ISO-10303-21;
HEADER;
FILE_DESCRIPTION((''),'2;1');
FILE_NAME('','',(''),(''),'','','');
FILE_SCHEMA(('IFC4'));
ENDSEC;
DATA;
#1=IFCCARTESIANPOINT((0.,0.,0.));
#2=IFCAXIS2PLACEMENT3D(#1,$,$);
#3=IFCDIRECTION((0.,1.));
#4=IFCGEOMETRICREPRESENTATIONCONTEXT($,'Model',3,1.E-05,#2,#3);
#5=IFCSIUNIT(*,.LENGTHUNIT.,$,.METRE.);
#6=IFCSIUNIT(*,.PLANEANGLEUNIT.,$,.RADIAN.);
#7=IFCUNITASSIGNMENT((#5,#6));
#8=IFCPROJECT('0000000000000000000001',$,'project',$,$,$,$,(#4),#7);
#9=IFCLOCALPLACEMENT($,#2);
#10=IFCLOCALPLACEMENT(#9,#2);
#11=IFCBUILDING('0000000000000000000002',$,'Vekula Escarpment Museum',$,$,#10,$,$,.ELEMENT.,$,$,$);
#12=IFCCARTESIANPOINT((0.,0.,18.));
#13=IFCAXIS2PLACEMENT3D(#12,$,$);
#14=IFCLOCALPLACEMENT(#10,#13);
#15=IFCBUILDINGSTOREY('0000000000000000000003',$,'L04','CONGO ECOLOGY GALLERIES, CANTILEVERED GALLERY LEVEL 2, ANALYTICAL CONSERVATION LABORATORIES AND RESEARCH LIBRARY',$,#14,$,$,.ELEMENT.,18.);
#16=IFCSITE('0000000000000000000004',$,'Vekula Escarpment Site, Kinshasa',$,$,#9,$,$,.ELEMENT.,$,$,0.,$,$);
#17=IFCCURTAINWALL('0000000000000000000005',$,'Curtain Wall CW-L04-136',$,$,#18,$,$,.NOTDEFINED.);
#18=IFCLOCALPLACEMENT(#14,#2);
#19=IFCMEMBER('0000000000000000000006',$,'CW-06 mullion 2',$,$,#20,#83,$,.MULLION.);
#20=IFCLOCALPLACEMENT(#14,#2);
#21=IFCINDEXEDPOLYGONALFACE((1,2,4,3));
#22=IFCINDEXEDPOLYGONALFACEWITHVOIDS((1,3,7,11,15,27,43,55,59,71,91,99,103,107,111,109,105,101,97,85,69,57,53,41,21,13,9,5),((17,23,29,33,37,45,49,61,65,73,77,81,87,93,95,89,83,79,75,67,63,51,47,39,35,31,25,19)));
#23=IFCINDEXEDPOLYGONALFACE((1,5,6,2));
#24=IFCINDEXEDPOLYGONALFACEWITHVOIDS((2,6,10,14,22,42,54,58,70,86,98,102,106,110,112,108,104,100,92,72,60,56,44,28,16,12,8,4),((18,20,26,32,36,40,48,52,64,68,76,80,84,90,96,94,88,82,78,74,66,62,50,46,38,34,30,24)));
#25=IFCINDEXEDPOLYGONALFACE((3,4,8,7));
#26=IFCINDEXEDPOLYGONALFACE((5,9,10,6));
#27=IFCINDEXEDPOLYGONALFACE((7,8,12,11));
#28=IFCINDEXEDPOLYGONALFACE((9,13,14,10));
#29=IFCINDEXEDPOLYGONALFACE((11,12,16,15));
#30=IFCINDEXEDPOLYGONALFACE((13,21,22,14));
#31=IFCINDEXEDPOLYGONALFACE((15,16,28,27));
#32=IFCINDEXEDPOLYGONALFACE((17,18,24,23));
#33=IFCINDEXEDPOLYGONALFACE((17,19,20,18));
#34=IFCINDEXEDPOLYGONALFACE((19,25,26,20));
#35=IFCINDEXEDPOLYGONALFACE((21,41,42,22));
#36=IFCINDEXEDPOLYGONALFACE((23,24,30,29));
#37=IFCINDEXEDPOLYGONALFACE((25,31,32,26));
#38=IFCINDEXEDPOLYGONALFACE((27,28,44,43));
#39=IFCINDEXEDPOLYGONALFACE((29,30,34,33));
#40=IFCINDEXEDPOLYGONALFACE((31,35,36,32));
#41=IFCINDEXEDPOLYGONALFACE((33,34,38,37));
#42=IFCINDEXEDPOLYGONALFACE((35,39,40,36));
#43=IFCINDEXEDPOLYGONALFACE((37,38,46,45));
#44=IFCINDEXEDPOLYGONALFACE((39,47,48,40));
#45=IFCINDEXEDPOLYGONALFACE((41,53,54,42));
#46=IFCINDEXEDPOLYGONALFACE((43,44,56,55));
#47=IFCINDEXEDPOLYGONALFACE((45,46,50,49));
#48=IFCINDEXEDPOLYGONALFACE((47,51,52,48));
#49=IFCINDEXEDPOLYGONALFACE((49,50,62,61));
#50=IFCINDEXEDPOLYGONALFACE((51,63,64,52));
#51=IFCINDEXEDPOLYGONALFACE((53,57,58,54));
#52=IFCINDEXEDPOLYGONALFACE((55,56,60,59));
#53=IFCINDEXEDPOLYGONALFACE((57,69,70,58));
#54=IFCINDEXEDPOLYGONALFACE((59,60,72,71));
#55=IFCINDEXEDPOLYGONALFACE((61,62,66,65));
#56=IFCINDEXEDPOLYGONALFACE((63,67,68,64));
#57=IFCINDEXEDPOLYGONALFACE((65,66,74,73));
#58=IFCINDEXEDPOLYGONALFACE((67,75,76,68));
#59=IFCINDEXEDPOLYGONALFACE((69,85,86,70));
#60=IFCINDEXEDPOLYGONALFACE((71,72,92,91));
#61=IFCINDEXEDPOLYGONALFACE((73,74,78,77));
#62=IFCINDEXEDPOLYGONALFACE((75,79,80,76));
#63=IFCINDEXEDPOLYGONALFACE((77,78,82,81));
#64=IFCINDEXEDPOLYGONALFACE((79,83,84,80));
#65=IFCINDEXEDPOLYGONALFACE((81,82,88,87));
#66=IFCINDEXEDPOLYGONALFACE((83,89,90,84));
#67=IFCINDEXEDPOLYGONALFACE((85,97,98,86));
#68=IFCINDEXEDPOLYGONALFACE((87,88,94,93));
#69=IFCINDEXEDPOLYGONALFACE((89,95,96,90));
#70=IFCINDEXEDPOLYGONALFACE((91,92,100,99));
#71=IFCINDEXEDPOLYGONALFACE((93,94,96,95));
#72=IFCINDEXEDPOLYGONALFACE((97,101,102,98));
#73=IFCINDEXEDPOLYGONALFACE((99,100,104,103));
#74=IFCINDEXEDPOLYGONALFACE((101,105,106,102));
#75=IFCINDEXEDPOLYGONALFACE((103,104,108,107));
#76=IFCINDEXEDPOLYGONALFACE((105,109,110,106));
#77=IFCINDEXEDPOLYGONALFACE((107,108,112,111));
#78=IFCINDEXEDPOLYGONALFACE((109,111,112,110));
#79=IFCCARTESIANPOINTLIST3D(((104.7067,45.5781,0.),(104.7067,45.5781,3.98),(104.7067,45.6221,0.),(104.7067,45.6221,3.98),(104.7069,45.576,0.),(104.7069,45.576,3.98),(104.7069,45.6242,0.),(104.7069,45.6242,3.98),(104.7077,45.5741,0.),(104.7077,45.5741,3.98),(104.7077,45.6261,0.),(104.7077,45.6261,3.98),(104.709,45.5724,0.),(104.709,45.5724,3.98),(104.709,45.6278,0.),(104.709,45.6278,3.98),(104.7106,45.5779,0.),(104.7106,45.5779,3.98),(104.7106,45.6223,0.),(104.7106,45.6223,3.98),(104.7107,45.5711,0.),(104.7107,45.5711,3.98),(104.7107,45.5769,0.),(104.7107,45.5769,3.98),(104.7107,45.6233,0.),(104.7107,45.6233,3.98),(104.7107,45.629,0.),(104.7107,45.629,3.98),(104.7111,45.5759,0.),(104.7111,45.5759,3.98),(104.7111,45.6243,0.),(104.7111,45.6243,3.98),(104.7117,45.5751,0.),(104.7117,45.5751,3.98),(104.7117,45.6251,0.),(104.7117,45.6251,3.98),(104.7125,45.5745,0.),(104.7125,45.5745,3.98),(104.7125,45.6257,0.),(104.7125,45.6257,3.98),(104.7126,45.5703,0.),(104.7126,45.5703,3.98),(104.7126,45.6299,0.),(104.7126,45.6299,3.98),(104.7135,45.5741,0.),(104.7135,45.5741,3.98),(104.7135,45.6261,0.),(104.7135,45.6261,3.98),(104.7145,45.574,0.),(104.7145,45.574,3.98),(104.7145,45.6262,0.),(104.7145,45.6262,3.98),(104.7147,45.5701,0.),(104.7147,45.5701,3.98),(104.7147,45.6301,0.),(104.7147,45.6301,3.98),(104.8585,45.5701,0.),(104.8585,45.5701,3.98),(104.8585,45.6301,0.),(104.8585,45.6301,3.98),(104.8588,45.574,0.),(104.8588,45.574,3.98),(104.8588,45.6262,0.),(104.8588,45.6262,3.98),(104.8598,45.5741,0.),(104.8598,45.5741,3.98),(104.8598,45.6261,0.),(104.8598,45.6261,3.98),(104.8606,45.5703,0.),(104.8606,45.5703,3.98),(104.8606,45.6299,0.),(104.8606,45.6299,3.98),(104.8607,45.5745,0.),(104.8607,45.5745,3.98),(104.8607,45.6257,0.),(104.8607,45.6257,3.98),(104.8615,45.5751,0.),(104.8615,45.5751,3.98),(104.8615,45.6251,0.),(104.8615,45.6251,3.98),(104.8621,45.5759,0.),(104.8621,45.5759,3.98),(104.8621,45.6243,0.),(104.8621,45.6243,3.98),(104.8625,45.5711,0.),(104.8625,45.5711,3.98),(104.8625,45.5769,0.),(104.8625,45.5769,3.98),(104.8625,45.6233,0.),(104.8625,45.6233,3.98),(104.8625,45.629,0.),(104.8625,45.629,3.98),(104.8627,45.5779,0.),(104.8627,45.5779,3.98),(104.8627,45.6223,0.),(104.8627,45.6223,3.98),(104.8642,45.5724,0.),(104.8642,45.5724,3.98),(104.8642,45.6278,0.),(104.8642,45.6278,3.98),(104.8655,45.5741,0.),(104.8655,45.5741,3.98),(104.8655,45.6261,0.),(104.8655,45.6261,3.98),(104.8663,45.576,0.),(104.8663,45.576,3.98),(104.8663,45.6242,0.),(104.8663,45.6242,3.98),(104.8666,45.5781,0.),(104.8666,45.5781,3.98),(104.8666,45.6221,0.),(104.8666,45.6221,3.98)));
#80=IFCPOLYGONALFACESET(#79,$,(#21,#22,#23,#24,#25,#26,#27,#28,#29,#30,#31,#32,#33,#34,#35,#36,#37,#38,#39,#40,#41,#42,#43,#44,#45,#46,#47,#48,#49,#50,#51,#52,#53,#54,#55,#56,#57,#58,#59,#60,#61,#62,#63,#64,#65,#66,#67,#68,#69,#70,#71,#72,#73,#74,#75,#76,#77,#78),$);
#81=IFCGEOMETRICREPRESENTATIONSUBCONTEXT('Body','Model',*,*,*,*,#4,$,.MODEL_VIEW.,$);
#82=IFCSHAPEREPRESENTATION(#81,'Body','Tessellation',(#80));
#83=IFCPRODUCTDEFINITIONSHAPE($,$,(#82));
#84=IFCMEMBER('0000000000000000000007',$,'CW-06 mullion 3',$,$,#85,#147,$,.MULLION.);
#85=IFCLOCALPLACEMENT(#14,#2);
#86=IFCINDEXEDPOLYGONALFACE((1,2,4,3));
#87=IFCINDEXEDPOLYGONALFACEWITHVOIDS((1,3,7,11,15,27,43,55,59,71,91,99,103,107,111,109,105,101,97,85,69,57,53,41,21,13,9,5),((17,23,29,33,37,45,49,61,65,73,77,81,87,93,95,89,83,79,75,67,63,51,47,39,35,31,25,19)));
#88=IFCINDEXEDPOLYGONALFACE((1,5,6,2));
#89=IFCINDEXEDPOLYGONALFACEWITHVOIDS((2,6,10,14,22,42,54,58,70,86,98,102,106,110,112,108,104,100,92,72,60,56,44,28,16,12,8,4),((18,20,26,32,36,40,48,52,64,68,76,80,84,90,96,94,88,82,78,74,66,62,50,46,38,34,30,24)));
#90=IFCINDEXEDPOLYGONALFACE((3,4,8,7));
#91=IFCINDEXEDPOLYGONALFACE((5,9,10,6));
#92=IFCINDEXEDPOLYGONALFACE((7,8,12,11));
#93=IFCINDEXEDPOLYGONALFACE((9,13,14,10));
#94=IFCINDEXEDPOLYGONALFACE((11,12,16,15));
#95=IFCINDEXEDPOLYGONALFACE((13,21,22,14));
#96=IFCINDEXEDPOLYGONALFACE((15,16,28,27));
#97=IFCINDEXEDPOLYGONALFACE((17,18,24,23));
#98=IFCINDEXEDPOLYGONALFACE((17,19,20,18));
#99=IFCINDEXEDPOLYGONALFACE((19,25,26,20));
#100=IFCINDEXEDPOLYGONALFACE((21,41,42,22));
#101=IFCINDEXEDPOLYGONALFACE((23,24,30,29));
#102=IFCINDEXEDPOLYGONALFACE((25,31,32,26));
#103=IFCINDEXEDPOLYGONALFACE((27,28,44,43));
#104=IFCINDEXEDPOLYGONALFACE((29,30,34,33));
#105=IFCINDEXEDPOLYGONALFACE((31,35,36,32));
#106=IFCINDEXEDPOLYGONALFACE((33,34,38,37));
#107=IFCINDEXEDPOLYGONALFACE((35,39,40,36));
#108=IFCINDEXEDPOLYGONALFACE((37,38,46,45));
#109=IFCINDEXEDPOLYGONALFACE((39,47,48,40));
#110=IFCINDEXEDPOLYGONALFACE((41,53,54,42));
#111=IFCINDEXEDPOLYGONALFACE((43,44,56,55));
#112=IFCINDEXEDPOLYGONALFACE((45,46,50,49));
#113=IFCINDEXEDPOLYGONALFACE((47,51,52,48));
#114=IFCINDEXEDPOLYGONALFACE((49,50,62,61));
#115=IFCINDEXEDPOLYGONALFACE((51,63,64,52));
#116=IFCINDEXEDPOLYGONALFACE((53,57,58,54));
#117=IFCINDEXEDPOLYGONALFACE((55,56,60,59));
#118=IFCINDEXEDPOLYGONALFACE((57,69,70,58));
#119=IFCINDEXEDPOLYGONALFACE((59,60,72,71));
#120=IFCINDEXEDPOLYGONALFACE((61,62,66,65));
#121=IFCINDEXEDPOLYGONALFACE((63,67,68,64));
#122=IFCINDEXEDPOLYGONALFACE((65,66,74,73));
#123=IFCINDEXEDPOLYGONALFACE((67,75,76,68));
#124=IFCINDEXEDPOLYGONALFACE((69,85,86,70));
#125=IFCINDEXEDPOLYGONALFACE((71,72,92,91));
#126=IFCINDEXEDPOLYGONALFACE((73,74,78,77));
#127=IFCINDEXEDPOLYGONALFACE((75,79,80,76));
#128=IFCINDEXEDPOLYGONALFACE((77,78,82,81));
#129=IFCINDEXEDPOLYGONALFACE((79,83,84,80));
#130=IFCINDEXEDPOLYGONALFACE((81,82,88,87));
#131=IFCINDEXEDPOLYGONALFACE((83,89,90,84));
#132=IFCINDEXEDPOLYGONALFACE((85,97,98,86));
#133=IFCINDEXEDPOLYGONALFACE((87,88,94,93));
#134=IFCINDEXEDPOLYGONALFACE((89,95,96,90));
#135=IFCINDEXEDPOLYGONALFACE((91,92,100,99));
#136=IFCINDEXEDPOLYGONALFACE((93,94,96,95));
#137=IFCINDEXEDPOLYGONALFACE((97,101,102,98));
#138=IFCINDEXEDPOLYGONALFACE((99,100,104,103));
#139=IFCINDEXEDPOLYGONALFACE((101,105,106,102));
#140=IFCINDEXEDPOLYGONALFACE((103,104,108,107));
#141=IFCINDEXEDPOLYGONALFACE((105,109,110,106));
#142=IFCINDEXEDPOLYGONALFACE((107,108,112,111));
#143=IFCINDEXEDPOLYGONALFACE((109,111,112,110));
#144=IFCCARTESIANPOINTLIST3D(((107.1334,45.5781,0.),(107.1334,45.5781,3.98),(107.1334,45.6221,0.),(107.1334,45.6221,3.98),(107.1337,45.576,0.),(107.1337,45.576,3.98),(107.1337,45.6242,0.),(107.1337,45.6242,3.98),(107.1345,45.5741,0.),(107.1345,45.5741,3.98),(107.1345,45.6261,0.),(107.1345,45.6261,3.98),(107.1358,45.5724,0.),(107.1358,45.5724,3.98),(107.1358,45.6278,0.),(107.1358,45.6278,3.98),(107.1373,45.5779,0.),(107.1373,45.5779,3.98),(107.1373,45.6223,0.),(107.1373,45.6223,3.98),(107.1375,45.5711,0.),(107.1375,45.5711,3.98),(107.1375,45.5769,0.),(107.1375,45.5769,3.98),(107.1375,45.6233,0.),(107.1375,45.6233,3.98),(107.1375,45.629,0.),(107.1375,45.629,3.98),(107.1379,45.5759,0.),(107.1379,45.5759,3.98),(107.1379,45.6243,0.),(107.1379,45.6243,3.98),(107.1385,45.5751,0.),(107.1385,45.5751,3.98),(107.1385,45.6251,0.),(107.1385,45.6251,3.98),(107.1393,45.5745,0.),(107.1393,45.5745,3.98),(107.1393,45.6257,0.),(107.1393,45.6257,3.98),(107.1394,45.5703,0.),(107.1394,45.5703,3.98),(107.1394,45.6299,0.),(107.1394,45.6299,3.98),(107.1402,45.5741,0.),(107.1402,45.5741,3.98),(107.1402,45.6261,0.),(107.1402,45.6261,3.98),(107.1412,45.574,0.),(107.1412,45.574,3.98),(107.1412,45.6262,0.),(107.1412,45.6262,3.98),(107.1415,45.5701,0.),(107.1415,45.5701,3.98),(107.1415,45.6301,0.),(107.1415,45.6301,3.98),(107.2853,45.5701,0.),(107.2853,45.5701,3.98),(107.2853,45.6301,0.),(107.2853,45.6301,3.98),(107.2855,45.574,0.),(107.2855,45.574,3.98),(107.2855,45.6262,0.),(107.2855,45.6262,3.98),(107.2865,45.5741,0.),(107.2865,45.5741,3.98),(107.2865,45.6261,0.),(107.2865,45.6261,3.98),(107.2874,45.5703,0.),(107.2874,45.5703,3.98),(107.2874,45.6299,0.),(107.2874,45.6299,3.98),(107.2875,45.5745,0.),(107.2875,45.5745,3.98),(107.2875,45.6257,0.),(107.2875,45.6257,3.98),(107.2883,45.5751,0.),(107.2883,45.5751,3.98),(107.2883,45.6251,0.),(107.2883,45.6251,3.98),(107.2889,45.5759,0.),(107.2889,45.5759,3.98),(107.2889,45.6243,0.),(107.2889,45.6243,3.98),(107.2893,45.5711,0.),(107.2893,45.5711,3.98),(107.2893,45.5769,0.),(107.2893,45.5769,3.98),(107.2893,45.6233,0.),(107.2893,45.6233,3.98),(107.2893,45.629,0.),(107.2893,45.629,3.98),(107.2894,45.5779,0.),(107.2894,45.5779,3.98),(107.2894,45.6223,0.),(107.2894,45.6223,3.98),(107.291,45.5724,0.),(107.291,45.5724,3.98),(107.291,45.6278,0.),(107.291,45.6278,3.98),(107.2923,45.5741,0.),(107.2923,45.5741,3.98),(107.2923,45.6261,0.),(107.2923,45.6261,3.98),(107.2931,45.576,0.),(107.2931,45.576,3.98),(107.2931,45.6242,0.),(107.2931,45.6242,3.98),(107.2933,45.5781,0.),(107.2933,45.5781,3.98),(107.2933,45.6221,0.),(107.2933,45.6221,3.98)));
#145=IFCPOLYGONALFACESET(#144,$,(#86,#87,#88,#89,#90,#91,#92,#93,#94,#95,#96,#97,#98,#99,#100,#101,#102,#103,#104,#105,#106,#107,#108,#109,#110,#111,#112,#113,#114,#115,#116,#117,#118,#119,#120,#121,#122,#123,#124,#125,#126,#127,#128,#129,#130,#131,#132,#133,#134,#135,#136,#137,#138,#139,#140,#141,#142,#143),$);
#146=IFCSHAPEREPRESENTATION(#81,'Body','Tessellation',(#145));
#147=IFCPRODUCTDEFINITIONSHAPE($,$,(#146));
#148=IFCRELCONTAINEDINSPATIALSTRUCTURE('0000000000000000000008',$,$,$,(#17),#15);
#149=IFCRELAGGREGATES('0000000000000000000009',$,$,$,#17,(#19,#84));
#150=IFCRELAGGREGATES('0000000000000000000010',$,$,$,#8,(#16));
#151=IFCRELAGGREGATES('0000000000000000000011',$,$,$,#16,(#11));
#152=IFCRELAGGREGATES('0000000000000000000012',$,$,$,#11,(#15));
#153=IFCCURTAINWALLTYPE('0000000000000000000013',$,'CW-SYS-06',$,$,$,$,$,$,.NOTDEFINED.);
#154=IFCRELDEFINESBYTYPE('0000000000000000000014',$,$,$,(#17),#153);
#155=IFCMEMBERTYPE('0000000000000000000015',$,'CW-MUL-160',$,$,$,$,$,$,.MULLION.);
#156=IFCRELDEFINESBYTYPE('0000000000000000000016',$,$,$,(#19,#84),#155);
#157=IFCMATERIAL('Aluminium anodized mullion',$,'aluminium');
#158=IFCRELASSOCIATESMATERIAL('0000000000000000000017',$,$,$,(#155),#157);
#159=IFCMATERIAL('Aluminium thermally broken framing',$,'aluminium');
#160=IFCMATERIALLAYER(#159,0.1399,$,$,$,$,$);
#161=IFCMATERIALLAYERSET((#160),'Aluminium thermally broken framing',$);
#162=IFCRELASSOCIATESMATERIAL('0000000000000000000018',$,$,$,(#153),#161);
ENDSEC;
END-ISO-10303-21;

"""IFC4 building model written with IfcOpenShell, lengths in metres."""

from ifc_helpers import new_model, si_unit, direction, frame, origin, origin_2d, place, context, subcontext, project, spatial, hollow_rectangle, extrude, material, layer, layer_set, material_profile, profile_set, type_object, element, aggregate, save


model = new_model("IFC4")

# Units and contexts
model_context = context("Model", 3, precision=1e-05, world=origin(), true_north=direction((0.0, 1.0)))
body_context = subcontext(model_context, "Body", "Model", "MODEL_VIEW")
ifc_project = project(units=[si_unit("LENGTHUNIT", "METRE"), si_unit("PLANEANGLEUNIT", "RADIAN")], contexts=[model_context])

# Site, building, storey
site_placement = place(None, origin())
site = spatial("IfcSite", under=ifc_project, at=site_placement, Name="Vekula Escarpment Site, Kinshasa", CompositionType="ELEMENT", RefElevation=0.0)
building_placement = place(site_placement, origin())
building = spatial("IfcBuilding", under=site, at=building_placement, Name="Vekula Escarpment Museum", CompositionType="ELEMENT")
storey_placement = place(building_placement, frame((0.0, 0.0, 18.0)))
storey = spatial("IfcBuildingStorey", under=building, at=storey_placement, Name="L04", Description="CONGO ECOLOGY GALLERIES, CANTILEVERED GALLERY LEVEL 2, ANALYTICAL CONSERVATION LABORATORIES AND RESEARCH LIBRARY", CompositionType="ELEMENT", Elevation=18.0)

# Shared definitions
ifc_material_1 = material(Name="Aluminium anodized mullion", Category="aluminium")
ifc_material_profile_1 = material_profile(ifc_material_1, hollow_rectangle(XDim=0.0601, YDim=0.1599, WallThickness=0.0039, InnerFilletRadius=0.0039, OuterFilletRadius=0.0081, at=origin_2d()), Name="ALU 160x60x4")
ifc_profile_set_1 = profile_set([ifc_material_profile_1], Name="Aluminium anodized mullion")
member_type_1 = type_object("IfcMemberType", Name="CW-MUL-160", PredefinedType="MULLION", material=ifc_profile_set_1)

# Curtain wall, members
ifc_material_2 = material(Name="Aluminium thermally broken framing", Category="aluminium")
ifc_layer_1 = layer(ifc_material_2, 0.1399)
ifc_layer_set_1 = layer_set([ifc_layer_1], Name="Aluminium thermally broken framing")
curtain_wall_type_1 = type_object("IfcCurtainWallType", Name="CW-SYS-06", PredefinedType="NOTDEFINED", material=ifc_layer_set_1)
curtain_wall_1_placement = place(storey_placement, origin())
curtain_wall_1 = element("IfcCurtainWall", 1, at=curtain_wall_1_placement, inside=storey, type_object=curtain_wall_type_1, Name="Curtain Wall CW-L04-136", PredefinedType="NOTDEFINED")
member_1_placement = place(storey_placement, frame((104.7866, 45.6001, 0.0), z_axis=(0.0, 0.0, 1.0), x_axis=(0.0, 1.0, 0.0)))
member_1 = element("IfcMember", 2, at=member_1_placement, type_object=member_type_1, Name="CW-06 mullion 2", PredefinedType="MULLION", context=body_context, shape_type="SweptSolid", body=[
    extrude(hollow_rectangle(XDim=0.0601, YDim=0.1599, WallThickness=0.0039, InnerFilletRadius=0.0039, OuterFilletRadius=0.0081, at=origin_2d()), origin(), (0.0, 0.0, 1.0), 3.98),
])
member_2_placement = place(storey_placement, frame((107.2134, 45.6001, 0.0), z_axis=(0.0, 0.0, 1.0), x_axis=(0.0, 1.0, 0.0)))
member_2 = element("IfcMember", 3, at=member_2_placement, type_object=member_type_1, Name="CW-06 mullion 3", PredefinedType="MULLION", context=body_context, shape_type="SweptSolid", body=[
    extrude(hollow_rectangle(XDim=0.0601, YDim=0.1599, WallThickness=0.0039, InnerFilletRadius=0.0039, OuterFilletRadius=0.0081, at=origin_2d()), origin(), (0.0, 0.0, 1.0), 3.98),
])

aggregate(curtain_wall_1, [member_1, member_2])

save(model, "model.ifc")
